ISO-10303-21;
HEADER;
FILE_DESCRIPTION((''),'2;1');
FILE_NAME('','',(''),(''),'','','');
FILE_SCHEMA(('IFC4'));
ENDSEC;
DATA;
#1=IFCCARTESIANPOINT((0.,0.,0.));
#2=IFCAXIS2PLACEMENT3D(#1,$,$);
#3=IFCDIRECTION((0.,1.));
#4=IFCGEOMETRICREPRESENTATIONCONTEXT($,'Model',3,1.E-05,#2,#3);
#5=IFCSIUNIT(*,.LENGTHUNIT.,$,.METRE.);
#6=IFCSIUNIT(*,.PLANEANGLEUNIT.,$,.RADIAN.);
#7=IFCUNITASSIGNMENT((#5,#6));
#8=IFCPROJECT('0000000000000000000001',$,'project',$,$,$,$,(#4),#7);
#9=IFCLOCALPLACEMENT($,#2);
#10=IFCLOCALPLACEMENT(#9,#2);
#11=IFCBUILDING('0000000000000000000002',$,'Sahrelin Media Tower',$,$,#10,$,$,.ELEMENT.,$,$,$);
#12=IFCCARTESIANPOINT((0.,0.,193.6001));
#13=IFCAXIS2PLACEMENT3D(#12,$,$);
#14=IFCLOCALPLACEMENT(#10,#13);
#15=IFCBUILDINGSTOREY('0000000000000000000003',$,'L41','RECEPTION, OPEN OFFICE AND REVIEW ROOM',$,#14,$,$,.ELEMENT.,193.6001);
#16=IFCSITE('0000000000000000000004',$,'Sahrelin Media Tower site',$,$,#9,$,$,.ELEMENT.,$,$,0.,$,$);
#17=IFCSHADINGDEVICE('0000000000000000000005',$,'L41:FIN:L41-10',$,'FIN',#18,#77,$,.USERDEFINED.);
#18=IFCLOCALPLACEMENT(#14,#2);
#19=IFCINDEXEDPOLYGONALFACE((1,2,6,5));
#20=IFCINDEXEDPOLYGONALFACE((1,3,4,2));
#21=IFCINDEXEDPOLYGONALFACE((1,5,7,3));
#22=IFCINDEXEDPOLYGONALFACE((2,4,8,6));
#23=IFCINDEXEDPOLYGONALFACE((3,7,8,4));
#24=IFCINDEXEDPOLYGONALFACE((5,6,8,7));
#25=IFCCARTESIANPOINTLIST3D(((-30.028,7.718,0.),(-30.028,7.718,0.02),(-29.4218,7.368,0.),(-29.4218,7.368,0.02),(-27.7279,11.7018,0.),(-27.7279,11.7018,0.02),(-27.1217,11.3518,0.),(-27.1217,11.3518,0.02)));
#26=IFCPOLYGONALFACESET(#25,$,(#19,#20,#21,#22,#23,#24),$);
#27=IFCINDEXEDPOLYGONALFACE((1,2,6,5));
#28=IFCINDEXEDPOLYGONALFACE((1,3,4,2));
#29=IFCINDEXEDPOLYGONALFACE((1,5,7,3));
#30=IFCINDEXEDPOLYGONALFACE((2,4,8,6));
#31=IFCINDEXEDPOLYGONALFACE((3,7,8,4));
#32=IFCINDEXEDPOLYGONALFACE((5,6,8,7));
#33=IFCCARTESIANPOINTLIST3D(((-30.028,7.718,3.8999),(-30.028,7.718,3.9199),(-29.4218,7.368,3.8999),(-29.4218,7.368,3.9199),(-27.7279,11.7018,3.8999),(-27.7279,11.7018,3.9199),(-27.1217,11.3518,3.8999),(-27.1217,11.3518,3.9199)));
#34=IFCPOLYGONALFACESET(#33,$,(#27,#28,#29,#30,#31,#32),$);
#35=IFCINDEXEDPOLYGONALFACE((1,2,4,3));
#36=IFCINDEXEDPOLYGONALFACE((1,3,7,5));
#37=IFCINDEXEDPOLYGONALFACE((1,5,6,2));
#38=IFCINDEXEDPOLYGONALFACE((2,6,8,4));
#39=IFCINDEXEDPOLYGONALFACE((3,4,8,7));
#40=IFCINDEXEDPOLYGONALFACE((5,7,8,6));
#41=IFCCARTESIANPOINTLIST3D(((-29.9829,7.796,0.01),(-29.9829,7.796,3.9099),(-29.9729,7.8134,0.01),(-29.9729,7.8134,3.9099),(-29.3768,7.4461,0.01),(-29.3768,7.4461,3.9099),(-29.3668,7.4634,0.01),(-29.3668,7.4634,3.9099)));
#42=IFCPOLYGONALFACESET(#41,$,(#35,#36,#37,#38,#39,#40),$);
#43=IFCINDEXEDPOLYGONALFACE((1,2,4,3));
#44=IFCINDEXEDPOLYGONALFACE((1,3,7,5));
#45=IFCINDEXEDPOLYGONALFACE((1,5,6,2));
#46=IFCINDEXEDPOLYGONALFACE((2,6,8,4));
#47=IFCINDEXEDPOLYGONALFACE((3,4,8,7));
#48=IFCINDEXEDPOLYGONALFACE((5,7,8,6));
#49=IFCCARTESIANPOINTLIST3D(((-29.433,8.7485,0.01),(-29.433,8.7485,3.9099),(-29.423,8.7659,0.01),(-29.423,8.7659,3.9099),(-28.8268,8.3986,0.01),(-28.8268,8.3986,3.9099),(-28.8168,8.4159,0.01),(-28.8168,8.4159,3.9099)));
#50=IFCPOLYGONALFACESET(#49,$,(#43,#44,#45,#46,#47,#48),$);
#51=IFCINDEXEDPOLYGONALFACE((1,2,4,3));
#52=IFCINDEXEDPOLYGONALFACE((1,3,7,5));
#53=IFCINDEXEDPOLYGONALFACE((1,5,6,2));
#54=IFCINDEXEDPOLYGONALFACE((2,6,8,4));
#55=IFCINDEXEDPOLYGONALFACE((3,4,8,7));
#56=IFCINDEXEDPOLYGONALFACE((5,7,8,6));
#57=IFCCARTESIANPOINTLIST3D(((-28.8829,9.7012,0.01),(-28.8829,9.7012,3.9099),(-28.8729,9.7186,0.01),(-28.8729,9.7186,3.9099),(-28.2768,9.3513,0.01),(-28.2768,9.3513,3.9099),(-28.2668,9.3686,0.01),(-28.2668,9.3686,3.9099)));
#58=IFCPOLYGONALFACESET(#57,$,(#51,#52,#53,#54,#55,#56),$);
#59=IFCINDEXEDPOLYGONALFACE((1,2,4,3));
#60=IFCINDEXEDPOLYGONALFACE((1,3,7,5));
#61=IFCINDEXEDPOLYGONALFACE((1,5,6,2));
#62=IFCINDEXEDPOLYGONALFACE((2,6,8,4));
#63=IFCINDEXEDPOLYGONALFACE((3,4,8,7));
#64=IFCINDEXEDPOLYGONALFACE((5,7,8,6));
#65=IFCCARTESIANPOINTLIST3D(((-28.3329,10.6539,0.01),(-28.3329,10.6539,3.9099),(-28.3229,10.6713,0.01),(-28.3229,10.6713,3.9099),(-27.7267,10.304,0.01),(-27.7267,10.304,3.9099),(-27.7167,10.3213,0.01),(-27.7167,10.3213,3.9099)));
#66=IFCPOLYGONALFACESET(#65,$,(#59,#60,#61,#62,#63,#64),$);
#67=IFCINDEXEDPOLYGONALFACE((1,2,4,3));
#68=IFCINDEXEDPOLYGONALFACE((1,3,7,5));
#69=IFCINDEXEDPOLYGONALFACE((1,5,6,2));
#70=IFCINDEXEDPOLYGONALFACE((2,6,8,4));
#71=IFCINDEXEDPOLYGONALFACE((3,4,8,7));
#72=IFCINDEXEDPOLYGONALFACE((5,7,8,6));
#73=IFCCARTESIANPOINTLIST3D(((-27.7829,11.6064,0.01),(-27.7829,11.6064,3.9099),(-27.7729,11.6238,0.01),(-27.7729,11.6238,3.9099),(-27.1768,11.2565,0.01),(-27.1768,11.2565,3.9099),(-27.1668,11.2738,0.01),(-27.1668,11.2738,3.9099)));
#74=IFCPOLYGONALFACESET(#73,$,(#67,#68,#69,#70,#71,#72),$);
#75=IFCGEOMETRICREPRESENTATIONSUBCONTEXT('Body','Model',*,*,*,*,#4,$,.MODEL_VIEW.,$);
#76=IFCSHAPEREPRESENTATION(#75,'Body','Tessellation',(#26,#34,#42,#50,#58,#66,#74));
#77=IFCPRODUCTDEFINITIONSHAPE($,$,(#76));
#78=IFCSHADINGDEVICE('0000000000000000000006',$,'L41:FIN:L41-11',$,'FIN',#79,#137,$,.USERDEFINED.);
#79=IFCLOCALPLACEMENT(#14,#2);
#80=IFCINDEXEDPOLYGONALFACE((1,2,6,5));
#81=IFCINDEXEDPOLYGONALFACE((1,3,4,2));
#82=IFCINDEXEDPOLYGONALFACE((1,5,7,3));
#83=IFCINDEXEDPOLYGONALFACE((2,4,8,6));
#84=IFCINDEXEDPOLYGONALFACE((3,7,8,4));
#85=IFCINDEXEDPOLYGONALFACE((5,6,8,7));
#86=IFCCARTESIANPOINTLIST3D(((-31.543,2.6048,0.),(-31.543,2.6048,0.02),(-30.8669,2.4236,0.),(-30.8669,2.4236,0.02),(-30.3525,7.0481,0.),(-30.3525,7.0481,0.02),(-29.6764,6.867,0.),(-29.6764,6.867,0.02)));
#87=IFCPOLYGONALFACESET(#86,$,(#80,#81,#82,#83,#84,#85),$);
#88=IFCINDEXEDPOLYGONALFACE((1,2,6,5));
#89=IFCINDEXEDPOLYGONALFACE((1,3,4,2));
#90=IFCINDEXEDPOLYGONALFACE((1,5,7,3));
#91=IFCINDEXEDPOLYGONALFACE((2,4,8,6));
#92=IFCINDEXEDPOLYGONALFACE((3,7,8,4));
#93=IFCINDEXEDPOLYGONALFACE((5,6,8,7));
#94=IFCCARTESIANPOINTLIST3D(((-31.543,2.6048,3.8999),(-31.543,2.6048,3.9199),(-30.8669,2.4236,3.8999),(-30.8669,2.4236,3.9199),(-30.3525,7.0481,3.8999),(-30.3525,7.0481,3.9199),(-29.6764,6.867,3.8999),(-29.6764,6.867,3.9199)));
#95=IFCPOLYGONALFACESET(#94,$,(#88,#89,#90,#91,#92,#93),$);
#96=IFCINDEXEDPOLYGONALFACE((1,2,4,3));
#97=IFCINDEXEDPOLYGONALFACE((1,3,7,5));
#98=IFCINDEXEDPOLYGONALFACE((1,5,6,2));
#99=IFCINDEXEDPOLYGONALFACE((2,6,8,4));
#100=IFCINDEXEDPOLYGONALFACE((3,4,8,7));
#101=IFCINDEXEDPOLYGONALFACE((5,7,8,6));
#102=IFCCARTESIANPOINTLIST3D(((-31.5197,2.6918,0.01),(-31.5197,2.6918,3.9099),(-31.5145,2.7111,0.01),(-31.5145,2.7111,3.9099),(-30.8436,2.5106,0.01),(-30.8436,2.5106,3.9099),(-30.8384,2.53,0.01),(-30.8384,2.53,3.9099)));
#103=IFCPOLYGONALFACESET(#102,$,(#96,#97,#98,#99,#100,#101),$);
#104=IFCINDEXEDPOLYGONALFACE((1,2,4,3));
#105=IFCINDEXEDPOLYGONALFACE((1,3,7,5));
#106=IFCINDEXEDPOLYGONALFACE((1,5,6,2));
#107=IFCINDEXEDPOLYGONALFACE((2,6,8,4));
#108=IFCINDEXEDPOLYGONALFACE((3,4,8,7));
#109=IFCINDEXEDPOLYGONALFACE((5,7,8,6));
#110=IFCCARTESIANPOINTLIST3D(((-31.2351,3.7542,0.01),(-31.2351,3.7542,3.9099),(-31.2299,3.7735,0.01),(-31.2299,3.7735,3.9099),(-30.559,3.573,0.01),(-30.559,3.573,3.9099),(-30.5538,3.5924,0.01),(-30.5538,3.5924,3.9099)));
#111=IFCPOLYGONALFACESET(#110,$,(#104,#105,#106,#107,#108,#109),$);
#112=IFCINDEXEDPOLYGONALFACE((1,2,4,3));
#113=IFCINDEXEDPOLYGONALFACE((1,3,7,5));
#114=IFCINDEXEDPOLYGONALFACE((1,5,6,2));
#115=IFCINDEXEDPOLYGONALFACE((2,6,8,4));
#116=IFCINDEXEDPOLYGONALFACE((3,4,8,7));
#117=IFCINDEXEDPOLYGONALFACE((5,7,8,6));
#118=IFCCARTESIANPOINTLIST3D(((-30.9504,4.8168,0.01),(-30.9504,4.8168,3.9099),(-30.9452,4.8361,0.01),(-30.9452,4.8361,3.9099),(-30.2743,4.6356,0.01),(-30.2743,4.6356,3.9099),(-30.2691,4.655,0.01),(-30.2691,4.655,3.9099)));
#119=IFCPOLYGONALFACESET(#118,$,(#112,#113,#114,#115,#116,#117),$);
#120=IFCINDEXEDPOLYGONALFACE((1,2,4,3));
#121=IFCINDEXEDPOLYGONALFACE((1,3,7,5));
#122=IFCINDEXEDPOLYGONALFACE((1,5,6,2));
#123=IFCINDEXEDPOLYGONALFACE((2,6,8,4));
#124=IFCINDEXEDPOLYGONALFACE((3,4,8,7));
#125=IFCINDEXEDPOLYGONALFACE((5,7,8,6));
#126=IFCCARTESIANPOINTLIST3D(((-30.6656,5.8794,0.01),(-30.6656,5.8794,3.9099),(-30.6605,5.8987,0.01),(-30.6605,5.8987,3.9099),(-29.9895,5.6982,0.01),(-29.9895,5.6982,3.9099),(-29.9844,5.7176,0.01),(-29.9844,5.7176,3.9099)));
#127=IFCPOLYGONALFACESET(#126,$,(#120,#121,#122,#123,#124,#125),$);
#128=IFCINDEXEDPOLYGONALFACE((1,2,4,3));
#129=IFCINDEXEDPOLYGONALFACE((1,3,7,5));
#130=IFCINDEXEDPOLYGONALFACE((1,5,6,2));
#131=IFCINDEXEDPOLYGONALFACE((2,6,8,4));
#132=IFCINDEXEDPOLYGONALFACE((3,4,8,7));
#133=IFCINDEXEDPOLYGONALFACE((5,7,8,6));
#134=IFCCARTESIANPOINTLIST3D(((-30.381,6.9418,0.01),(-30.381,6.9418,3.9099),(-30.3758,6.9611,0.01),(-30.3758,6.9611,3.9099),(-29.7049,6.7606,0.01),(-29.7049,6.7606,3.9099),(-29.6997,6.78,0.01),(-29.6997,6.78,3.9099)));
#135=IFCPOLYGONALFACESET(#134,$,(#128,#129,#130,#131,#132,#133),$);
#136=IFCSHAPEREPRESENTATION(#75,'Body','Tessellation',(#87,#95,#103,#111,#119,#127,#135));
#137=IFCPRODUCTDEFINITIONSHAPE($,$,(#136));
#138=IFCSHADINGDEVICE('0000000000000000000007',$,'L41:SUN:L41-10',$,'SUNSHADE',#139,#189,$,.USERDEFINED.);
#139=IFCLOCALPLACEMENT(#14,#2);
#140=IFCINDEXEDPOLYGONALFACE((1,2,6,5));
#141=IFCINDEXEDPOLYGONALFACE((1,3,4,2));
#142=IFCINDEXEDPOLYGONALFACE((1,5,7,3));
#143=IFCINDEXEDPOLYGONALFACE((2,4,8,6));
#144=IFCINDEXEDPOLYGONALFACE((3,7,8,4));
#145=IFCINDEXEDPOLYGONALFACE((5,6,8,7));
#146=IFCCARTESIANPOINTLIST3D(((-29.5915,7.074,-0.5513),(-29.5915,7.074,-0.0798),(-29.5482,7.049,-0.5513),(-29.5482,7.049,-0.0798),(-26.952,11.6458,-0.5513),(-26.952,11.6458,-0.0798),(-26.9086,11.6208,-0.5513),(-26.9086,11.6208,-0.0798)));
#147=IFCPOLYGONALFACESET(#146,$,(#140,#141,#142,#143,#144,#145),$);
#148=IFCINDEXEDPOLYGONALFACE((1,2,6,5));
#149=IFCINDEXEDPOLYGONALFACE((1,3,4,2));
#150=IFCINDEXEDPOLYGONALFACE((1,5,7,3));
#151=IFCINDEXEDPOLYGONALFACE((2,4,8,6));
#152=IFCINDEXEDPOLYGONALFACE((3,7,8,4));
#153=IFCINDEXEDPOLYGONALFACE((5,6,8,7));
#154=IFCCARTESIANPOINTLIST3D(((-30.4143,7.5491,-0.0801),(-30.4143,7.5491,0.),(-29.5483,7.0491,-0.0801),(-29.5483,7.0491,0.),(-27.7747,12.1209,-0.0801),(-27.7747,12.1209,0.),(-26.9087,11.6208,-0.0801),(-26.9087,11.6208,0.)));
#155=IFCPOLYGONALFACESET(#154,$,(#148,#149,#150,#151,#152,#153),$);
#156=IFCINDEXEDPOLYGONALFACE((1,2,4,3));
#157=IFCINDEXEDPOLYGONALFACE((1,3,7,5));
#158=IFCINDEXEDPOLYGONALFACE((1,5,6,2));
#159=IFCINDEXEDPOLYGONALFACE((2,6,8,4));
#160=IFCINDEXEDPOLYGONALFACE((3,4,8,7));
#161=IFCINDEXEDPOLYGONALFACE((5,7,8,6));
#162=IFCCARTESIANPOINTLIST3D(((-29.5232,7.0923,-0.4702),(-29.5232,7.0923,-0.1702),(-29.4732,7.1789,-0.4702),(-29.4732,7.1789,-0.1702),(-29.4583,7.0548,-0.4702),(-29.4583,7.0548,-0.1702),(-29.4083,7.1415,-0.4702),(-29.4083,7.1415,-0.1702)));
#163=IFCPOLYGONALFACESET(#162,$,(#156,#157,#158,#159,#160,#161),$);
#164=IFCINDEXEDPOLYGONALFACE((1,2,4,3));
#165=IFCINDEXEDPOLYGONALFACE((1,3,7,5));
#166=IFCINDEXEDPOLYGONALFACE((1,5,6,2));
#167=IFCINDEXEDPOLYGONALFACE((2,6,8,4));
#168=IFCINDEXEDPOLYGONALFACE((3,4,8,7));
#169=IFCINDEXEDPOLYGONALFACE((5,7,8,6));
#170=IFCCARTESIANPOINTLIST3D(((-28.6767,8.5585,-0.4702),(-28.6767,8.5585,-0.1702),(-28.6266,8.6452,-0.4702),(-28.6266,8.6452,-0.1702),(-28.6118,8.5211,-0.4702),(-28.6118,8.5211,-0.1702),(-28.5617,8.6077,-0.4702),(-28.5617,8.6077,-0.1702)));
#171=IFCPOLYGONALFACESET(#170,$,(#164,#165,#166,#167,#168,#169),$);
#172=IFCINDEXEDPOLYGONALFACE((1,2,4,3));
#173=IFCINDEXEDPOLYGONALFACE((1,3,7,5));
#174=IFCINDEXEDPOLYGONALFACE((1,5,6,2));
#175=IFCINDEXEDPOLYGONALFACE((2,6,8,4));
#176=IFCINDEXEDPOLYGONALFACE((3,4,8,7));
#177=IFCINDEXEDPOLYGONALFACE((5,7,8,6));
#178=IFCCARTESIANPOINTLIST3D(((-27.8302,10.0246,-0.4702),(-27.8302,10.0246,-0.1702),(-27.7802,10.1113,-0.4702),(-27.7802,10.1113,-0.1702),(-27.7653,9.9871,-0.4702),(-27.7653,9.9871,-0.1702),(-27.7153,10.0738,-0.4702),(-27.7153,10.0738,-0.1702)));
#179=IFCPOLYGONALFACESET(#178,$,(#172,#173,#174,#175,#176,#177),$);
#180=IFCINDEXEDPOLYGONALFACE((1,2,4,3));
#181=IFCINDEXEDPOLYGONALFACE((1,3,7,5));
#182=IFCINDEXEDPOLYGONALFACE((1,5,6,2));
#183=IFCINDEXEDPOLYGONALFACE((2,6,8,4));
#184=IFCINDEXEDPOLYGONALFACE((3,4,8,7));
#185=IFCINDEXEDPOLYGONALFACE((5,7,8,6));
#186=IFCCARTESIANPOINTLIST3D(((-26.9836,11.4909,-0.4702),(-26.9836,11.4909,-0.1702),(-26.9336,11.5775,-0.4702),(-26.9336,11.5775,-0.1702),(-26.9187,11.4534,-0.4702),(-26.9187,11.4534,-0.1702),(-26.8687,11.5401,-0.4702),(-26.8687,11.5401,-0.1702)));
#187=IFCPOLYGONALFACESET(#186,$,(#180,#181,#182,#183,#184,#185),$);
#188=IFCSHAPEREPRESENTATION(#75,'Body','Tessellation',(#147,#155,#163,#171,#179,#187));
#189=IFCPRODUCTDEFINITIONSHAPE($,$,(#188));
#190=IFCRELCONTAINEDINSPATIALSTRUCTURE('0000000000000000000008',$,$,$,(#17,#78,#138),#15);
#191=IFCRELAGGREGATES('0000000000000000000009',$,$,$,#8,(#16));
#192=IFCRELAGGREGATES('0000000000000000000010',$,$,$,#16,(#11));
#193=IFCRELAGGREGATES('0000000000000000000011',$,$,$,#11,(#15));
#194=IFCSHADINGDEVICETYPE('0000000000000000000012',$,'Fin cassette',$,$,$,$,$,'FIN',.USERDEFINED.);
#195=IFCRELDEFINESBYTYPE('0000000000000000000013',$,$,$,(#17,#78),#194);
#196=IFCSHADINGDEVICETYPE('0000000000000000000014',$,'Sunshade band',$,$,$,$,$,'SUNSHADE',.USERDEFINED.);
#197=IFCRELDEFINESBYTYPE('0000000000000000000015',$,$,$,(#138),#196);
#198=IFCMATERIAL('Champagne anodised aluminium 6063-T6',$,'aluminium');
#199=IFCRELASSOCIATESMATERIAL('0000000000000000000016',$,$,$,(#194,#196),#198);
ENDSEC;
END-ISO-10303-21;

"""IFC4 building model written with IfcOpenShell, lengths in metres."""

from ifc_helpers import new_model, si_unit, direction, frame, origin, origin_2d, place, context, subcontext, project, spatial, rectangle, extrude, material, type_object, element, save


model = new_model("IFC4")

# Units and contexts
model_context = context("Model", 3, precision=1e-05, world=origin(), true_north=direction((0.0, 1.0)))
body_context = subcontext(model_context, "Body", "Model", "MODEL_VIEW")
ifc_project = project(units=[si_unit("LENGTHUNIT", "METRE"), si_unit("PLANEANGLEUNIT", "RADIAN")], contexts=[model_context])

# Site, building, storey
site_placement = place(None, origin())
site = spatial("IfcSite", under=ifc_project, at=site_placement, Name="Sahrelin Media Tower site", CompositionType="ELEMENT", RefElevation=0.0)
building_placement = place(site_placement, origin())
building = spatial("IfcBuilding", under=site, at=building_placement, Name="Sahrelin Media Tower", CompositionType="ELEMENT")
storey_placement = place(building_placement, frame((0.0, 0.0, 193.6001)))
storey = spatial("IfcBuildingStorey", under=building, at=storey_placement, Name="L41", Description="RECEPTION, OPEN OFFICE AND REVIEW ROOM", CompositionType="ELEMENT", Elevation=193.6001)

# Shared definitions
ifc_material_1 = material(Name="Champagne anodised aluminium 6063-T6", Category="aluminium")

# Shading devices
shading_device_type_1 = type_object("IfcShadingDeviceType", Name="Fin cassette", ElementType="FIN", PredefinedType="USERDEFINED", material=ifc_material_1)
placement_1 = place(storey_placement, frame((-28.2112, 9.325, 0.0), z_axis=(0.0, 0.0, 1.0), x_axis=(0.500011, 0.866019, 0.0)))
element("IfcShadingDevice", 1, at=placement_1, inside=storey, type_object=shading_device_type_1, Name="L41:FIN:L41-10", ObjectType="FIN", PredefinedType="USERDEFINED", context=body_context, shape_type="SweptSolid", body=[
    extrude(rectangle(XDim=4.6001, YDim=0.7, at=origin_2d()), frame((0.0, 0.4199, 0.0)), (0.0, 0.0, 1.0), 0.02),
    extrude(rectangle(XDim=4.6001, YDim=0.7, at=origin_2d()), frame((0.0, 0.4199, 3.8999)), (0.0, 0.0, 1.0), 0.02),
    extrude(rectangle(XDim=0.02, YDim=0.7, at=origin_2d()), frame((-2.2, 0.4199, 0.01), z_axis=(0.0, 0.0, 1.0), x_axis=(1.0, 0.0, 0.0)), (0.0, 0.0, 1.0), 3.8999),
    extrude(rectangle(XDim=0.02, YDim=0.7, at=origin_2d()), frame((-1.1001, 0.4199, 0.01), z_axis=(0.0, 0.0, 1.0), x_axis=(1.0, 0.0, 0.0)), (0.0, 0.0, 1.0), 3.8999),
    extrude(rectangle(XDim=0.02, YDim=0.7, at=origin_2d()), frame((0.0, 0.4199, 0.01), z_axis=(0.0, 0.0, 1.0), x_axis=(1.0, 0.0, 0.0)), (0.0, 0.0, 1.0), 3.8999),
    extrude(rectangle(XDim=0.02, YDim=0.7, at=origin_2d()), frame((1.1001, 0.4199, 0.01), z_axis=(0.0, 0.0, 1.0), x_axis=(1.0, 0.0, 0.0)), (0.0, 0.0, 1.0), 3.8999),
    extrude(rectangle(XDim=0.02, YDim=0.7, at=origin_2d()), frame((2.2, 0.4199, 0.01), z_axis=(0.0, 0.0, 1.0), x_axis=(1.0, 0.0, 0.0)), (0.0, 0.0, 1.0), 3.8999),
])
placement_2 = place(storey_placement, frame((-30.2041, 4.6272, 0.0), z_axis=(0.0, 0.0, 1.0), x_axis=(0.258808, 0.965929, 0.0)))
element("IfcShadingDevice", 2, at=placement_2, inside=storey, type_object=shading_device_type_1, Name="L41:FIN:L41-11", ObjectType="FIN", PredefinedType="USERDEFINED", context=body_context, shape_type="SweptSolid", body=[
    extrude(rectangle(XDim=4.6001, YDim=0.7, at=origin_2d()), frame((0.0, 0.4199, 0.0)), (0.0, 0.0, 1.0), 0.02),
    extrude(rectangle(XDim=4.6001, YDim=0.7, at=origin_2d()), frame((0.0, 0.4199, 3.8999)), (0.0, 0.0, 1.0), 0.02),
    extrude(rectangle(XDim=0.02, YDim=0.7, at=origin_2d()), frame((-2.2, 0.4199, 0.01), z_axis=(0.0, 0.0, 1.0), x_axis=(1.0, 0.0, 0.0)), (0.0, 0.0, 1.0), 3.8999),
    extrude(rectangle(XDim=0.02, YDim=0.7, at=origin_2d()), frame((-1.1001, 0.4199, 0.01), z_axis=(0.0, 0.0, 1.0), x_axis=(1.0, 0.0, 0.0)), (0.0, 0.0, 1.0), 3.8999),
    extrude(rectangle(XDim=0.02, YDim=0.7, at=origin_2d()), frame((0.0, 0.4199, 0.01), z_axis=(0.0, 0.0, 1.0), x_axis=(1.0, 0.0, 0.0)), (0.0, 0.0, 1.0), 3.8999),
    extrude(rectangle(XDim=0.02, YDim=0.7, at=origin_2d()), frame((1.1001, 0.4199, 0.01), z_axis=(0.0, 0.0, 1.0), x_axis=(1.0, 0.0, 0.0)), (0.0, 0.0, 1.0), 3.8999),
    extrude(rectangle(XDim=0.02, YDim=0.7, at=origin_2d()), frame((2.2, 0.4199, 0.01), z_axis=(0.0, 0.0, 1.0), x_axis=(1.0, 0.0, 0.0)), (0.0, 0.0, 1.0), 3.8999),
])
shading_device_type_2 = type_object("IfcShadingDeviceType", Name="Sunshade band", ElementType="SUNSHADE", PredefinedType="USERDEFINED", material=ifc_material_1)
element("IfcShadingDevice", 3, at=placement_1, inside=storey, type_object=shading_device_type_2, Name="L41:SUN:L41-10", ObjectType="SUNSHADE", PredefinedType="USERDEFINED", context=body_context, shape_type="SweptSolid", body=[
    extrude(rectangle(XDim=5.2791, YDim=0.05, at=origin_2d()), frame((0.0, 0.0449, -0.5513)), (0.0, 0.0, 1.0), 0.4714),
    extrude(rectangle(XDim=5.2791, YDim=1.0, at=origin_2d()), frame((0.0, 0.52, -0.0801)), (0.0, 0.0, 1.0), 0.0801),
    extrude(rectangle(XDim=0.1001, YDim=0.075, at=origin_2d()), frame((-2.5396, -0.0176, -0.4702)), (0.0, 0.0, 1.0), 0.3),
    extrude(rectangle(XDim=0.1001, YDim=0.075, at=origin_2d()), frame((-0.8464, -0.0176, -0.4702)), (0.0, 0.0, 1.0), 0.3),
    extrude(rectangle(XDim=0.1001, YDim=0.075, at=origin_2d()), frame((0.8464, -0.0176, -0.4702)), (0.0, 0.0, 1.0), 0.3),
    extrude(rectangle(XDim=0.1001, YDim=0.075, at=origin_2d()), frame((2.5396, -0.0176, -0.4702)), (0.0, 0.0, 1.0), 0.3),
])

save(model, "model.ifc")
